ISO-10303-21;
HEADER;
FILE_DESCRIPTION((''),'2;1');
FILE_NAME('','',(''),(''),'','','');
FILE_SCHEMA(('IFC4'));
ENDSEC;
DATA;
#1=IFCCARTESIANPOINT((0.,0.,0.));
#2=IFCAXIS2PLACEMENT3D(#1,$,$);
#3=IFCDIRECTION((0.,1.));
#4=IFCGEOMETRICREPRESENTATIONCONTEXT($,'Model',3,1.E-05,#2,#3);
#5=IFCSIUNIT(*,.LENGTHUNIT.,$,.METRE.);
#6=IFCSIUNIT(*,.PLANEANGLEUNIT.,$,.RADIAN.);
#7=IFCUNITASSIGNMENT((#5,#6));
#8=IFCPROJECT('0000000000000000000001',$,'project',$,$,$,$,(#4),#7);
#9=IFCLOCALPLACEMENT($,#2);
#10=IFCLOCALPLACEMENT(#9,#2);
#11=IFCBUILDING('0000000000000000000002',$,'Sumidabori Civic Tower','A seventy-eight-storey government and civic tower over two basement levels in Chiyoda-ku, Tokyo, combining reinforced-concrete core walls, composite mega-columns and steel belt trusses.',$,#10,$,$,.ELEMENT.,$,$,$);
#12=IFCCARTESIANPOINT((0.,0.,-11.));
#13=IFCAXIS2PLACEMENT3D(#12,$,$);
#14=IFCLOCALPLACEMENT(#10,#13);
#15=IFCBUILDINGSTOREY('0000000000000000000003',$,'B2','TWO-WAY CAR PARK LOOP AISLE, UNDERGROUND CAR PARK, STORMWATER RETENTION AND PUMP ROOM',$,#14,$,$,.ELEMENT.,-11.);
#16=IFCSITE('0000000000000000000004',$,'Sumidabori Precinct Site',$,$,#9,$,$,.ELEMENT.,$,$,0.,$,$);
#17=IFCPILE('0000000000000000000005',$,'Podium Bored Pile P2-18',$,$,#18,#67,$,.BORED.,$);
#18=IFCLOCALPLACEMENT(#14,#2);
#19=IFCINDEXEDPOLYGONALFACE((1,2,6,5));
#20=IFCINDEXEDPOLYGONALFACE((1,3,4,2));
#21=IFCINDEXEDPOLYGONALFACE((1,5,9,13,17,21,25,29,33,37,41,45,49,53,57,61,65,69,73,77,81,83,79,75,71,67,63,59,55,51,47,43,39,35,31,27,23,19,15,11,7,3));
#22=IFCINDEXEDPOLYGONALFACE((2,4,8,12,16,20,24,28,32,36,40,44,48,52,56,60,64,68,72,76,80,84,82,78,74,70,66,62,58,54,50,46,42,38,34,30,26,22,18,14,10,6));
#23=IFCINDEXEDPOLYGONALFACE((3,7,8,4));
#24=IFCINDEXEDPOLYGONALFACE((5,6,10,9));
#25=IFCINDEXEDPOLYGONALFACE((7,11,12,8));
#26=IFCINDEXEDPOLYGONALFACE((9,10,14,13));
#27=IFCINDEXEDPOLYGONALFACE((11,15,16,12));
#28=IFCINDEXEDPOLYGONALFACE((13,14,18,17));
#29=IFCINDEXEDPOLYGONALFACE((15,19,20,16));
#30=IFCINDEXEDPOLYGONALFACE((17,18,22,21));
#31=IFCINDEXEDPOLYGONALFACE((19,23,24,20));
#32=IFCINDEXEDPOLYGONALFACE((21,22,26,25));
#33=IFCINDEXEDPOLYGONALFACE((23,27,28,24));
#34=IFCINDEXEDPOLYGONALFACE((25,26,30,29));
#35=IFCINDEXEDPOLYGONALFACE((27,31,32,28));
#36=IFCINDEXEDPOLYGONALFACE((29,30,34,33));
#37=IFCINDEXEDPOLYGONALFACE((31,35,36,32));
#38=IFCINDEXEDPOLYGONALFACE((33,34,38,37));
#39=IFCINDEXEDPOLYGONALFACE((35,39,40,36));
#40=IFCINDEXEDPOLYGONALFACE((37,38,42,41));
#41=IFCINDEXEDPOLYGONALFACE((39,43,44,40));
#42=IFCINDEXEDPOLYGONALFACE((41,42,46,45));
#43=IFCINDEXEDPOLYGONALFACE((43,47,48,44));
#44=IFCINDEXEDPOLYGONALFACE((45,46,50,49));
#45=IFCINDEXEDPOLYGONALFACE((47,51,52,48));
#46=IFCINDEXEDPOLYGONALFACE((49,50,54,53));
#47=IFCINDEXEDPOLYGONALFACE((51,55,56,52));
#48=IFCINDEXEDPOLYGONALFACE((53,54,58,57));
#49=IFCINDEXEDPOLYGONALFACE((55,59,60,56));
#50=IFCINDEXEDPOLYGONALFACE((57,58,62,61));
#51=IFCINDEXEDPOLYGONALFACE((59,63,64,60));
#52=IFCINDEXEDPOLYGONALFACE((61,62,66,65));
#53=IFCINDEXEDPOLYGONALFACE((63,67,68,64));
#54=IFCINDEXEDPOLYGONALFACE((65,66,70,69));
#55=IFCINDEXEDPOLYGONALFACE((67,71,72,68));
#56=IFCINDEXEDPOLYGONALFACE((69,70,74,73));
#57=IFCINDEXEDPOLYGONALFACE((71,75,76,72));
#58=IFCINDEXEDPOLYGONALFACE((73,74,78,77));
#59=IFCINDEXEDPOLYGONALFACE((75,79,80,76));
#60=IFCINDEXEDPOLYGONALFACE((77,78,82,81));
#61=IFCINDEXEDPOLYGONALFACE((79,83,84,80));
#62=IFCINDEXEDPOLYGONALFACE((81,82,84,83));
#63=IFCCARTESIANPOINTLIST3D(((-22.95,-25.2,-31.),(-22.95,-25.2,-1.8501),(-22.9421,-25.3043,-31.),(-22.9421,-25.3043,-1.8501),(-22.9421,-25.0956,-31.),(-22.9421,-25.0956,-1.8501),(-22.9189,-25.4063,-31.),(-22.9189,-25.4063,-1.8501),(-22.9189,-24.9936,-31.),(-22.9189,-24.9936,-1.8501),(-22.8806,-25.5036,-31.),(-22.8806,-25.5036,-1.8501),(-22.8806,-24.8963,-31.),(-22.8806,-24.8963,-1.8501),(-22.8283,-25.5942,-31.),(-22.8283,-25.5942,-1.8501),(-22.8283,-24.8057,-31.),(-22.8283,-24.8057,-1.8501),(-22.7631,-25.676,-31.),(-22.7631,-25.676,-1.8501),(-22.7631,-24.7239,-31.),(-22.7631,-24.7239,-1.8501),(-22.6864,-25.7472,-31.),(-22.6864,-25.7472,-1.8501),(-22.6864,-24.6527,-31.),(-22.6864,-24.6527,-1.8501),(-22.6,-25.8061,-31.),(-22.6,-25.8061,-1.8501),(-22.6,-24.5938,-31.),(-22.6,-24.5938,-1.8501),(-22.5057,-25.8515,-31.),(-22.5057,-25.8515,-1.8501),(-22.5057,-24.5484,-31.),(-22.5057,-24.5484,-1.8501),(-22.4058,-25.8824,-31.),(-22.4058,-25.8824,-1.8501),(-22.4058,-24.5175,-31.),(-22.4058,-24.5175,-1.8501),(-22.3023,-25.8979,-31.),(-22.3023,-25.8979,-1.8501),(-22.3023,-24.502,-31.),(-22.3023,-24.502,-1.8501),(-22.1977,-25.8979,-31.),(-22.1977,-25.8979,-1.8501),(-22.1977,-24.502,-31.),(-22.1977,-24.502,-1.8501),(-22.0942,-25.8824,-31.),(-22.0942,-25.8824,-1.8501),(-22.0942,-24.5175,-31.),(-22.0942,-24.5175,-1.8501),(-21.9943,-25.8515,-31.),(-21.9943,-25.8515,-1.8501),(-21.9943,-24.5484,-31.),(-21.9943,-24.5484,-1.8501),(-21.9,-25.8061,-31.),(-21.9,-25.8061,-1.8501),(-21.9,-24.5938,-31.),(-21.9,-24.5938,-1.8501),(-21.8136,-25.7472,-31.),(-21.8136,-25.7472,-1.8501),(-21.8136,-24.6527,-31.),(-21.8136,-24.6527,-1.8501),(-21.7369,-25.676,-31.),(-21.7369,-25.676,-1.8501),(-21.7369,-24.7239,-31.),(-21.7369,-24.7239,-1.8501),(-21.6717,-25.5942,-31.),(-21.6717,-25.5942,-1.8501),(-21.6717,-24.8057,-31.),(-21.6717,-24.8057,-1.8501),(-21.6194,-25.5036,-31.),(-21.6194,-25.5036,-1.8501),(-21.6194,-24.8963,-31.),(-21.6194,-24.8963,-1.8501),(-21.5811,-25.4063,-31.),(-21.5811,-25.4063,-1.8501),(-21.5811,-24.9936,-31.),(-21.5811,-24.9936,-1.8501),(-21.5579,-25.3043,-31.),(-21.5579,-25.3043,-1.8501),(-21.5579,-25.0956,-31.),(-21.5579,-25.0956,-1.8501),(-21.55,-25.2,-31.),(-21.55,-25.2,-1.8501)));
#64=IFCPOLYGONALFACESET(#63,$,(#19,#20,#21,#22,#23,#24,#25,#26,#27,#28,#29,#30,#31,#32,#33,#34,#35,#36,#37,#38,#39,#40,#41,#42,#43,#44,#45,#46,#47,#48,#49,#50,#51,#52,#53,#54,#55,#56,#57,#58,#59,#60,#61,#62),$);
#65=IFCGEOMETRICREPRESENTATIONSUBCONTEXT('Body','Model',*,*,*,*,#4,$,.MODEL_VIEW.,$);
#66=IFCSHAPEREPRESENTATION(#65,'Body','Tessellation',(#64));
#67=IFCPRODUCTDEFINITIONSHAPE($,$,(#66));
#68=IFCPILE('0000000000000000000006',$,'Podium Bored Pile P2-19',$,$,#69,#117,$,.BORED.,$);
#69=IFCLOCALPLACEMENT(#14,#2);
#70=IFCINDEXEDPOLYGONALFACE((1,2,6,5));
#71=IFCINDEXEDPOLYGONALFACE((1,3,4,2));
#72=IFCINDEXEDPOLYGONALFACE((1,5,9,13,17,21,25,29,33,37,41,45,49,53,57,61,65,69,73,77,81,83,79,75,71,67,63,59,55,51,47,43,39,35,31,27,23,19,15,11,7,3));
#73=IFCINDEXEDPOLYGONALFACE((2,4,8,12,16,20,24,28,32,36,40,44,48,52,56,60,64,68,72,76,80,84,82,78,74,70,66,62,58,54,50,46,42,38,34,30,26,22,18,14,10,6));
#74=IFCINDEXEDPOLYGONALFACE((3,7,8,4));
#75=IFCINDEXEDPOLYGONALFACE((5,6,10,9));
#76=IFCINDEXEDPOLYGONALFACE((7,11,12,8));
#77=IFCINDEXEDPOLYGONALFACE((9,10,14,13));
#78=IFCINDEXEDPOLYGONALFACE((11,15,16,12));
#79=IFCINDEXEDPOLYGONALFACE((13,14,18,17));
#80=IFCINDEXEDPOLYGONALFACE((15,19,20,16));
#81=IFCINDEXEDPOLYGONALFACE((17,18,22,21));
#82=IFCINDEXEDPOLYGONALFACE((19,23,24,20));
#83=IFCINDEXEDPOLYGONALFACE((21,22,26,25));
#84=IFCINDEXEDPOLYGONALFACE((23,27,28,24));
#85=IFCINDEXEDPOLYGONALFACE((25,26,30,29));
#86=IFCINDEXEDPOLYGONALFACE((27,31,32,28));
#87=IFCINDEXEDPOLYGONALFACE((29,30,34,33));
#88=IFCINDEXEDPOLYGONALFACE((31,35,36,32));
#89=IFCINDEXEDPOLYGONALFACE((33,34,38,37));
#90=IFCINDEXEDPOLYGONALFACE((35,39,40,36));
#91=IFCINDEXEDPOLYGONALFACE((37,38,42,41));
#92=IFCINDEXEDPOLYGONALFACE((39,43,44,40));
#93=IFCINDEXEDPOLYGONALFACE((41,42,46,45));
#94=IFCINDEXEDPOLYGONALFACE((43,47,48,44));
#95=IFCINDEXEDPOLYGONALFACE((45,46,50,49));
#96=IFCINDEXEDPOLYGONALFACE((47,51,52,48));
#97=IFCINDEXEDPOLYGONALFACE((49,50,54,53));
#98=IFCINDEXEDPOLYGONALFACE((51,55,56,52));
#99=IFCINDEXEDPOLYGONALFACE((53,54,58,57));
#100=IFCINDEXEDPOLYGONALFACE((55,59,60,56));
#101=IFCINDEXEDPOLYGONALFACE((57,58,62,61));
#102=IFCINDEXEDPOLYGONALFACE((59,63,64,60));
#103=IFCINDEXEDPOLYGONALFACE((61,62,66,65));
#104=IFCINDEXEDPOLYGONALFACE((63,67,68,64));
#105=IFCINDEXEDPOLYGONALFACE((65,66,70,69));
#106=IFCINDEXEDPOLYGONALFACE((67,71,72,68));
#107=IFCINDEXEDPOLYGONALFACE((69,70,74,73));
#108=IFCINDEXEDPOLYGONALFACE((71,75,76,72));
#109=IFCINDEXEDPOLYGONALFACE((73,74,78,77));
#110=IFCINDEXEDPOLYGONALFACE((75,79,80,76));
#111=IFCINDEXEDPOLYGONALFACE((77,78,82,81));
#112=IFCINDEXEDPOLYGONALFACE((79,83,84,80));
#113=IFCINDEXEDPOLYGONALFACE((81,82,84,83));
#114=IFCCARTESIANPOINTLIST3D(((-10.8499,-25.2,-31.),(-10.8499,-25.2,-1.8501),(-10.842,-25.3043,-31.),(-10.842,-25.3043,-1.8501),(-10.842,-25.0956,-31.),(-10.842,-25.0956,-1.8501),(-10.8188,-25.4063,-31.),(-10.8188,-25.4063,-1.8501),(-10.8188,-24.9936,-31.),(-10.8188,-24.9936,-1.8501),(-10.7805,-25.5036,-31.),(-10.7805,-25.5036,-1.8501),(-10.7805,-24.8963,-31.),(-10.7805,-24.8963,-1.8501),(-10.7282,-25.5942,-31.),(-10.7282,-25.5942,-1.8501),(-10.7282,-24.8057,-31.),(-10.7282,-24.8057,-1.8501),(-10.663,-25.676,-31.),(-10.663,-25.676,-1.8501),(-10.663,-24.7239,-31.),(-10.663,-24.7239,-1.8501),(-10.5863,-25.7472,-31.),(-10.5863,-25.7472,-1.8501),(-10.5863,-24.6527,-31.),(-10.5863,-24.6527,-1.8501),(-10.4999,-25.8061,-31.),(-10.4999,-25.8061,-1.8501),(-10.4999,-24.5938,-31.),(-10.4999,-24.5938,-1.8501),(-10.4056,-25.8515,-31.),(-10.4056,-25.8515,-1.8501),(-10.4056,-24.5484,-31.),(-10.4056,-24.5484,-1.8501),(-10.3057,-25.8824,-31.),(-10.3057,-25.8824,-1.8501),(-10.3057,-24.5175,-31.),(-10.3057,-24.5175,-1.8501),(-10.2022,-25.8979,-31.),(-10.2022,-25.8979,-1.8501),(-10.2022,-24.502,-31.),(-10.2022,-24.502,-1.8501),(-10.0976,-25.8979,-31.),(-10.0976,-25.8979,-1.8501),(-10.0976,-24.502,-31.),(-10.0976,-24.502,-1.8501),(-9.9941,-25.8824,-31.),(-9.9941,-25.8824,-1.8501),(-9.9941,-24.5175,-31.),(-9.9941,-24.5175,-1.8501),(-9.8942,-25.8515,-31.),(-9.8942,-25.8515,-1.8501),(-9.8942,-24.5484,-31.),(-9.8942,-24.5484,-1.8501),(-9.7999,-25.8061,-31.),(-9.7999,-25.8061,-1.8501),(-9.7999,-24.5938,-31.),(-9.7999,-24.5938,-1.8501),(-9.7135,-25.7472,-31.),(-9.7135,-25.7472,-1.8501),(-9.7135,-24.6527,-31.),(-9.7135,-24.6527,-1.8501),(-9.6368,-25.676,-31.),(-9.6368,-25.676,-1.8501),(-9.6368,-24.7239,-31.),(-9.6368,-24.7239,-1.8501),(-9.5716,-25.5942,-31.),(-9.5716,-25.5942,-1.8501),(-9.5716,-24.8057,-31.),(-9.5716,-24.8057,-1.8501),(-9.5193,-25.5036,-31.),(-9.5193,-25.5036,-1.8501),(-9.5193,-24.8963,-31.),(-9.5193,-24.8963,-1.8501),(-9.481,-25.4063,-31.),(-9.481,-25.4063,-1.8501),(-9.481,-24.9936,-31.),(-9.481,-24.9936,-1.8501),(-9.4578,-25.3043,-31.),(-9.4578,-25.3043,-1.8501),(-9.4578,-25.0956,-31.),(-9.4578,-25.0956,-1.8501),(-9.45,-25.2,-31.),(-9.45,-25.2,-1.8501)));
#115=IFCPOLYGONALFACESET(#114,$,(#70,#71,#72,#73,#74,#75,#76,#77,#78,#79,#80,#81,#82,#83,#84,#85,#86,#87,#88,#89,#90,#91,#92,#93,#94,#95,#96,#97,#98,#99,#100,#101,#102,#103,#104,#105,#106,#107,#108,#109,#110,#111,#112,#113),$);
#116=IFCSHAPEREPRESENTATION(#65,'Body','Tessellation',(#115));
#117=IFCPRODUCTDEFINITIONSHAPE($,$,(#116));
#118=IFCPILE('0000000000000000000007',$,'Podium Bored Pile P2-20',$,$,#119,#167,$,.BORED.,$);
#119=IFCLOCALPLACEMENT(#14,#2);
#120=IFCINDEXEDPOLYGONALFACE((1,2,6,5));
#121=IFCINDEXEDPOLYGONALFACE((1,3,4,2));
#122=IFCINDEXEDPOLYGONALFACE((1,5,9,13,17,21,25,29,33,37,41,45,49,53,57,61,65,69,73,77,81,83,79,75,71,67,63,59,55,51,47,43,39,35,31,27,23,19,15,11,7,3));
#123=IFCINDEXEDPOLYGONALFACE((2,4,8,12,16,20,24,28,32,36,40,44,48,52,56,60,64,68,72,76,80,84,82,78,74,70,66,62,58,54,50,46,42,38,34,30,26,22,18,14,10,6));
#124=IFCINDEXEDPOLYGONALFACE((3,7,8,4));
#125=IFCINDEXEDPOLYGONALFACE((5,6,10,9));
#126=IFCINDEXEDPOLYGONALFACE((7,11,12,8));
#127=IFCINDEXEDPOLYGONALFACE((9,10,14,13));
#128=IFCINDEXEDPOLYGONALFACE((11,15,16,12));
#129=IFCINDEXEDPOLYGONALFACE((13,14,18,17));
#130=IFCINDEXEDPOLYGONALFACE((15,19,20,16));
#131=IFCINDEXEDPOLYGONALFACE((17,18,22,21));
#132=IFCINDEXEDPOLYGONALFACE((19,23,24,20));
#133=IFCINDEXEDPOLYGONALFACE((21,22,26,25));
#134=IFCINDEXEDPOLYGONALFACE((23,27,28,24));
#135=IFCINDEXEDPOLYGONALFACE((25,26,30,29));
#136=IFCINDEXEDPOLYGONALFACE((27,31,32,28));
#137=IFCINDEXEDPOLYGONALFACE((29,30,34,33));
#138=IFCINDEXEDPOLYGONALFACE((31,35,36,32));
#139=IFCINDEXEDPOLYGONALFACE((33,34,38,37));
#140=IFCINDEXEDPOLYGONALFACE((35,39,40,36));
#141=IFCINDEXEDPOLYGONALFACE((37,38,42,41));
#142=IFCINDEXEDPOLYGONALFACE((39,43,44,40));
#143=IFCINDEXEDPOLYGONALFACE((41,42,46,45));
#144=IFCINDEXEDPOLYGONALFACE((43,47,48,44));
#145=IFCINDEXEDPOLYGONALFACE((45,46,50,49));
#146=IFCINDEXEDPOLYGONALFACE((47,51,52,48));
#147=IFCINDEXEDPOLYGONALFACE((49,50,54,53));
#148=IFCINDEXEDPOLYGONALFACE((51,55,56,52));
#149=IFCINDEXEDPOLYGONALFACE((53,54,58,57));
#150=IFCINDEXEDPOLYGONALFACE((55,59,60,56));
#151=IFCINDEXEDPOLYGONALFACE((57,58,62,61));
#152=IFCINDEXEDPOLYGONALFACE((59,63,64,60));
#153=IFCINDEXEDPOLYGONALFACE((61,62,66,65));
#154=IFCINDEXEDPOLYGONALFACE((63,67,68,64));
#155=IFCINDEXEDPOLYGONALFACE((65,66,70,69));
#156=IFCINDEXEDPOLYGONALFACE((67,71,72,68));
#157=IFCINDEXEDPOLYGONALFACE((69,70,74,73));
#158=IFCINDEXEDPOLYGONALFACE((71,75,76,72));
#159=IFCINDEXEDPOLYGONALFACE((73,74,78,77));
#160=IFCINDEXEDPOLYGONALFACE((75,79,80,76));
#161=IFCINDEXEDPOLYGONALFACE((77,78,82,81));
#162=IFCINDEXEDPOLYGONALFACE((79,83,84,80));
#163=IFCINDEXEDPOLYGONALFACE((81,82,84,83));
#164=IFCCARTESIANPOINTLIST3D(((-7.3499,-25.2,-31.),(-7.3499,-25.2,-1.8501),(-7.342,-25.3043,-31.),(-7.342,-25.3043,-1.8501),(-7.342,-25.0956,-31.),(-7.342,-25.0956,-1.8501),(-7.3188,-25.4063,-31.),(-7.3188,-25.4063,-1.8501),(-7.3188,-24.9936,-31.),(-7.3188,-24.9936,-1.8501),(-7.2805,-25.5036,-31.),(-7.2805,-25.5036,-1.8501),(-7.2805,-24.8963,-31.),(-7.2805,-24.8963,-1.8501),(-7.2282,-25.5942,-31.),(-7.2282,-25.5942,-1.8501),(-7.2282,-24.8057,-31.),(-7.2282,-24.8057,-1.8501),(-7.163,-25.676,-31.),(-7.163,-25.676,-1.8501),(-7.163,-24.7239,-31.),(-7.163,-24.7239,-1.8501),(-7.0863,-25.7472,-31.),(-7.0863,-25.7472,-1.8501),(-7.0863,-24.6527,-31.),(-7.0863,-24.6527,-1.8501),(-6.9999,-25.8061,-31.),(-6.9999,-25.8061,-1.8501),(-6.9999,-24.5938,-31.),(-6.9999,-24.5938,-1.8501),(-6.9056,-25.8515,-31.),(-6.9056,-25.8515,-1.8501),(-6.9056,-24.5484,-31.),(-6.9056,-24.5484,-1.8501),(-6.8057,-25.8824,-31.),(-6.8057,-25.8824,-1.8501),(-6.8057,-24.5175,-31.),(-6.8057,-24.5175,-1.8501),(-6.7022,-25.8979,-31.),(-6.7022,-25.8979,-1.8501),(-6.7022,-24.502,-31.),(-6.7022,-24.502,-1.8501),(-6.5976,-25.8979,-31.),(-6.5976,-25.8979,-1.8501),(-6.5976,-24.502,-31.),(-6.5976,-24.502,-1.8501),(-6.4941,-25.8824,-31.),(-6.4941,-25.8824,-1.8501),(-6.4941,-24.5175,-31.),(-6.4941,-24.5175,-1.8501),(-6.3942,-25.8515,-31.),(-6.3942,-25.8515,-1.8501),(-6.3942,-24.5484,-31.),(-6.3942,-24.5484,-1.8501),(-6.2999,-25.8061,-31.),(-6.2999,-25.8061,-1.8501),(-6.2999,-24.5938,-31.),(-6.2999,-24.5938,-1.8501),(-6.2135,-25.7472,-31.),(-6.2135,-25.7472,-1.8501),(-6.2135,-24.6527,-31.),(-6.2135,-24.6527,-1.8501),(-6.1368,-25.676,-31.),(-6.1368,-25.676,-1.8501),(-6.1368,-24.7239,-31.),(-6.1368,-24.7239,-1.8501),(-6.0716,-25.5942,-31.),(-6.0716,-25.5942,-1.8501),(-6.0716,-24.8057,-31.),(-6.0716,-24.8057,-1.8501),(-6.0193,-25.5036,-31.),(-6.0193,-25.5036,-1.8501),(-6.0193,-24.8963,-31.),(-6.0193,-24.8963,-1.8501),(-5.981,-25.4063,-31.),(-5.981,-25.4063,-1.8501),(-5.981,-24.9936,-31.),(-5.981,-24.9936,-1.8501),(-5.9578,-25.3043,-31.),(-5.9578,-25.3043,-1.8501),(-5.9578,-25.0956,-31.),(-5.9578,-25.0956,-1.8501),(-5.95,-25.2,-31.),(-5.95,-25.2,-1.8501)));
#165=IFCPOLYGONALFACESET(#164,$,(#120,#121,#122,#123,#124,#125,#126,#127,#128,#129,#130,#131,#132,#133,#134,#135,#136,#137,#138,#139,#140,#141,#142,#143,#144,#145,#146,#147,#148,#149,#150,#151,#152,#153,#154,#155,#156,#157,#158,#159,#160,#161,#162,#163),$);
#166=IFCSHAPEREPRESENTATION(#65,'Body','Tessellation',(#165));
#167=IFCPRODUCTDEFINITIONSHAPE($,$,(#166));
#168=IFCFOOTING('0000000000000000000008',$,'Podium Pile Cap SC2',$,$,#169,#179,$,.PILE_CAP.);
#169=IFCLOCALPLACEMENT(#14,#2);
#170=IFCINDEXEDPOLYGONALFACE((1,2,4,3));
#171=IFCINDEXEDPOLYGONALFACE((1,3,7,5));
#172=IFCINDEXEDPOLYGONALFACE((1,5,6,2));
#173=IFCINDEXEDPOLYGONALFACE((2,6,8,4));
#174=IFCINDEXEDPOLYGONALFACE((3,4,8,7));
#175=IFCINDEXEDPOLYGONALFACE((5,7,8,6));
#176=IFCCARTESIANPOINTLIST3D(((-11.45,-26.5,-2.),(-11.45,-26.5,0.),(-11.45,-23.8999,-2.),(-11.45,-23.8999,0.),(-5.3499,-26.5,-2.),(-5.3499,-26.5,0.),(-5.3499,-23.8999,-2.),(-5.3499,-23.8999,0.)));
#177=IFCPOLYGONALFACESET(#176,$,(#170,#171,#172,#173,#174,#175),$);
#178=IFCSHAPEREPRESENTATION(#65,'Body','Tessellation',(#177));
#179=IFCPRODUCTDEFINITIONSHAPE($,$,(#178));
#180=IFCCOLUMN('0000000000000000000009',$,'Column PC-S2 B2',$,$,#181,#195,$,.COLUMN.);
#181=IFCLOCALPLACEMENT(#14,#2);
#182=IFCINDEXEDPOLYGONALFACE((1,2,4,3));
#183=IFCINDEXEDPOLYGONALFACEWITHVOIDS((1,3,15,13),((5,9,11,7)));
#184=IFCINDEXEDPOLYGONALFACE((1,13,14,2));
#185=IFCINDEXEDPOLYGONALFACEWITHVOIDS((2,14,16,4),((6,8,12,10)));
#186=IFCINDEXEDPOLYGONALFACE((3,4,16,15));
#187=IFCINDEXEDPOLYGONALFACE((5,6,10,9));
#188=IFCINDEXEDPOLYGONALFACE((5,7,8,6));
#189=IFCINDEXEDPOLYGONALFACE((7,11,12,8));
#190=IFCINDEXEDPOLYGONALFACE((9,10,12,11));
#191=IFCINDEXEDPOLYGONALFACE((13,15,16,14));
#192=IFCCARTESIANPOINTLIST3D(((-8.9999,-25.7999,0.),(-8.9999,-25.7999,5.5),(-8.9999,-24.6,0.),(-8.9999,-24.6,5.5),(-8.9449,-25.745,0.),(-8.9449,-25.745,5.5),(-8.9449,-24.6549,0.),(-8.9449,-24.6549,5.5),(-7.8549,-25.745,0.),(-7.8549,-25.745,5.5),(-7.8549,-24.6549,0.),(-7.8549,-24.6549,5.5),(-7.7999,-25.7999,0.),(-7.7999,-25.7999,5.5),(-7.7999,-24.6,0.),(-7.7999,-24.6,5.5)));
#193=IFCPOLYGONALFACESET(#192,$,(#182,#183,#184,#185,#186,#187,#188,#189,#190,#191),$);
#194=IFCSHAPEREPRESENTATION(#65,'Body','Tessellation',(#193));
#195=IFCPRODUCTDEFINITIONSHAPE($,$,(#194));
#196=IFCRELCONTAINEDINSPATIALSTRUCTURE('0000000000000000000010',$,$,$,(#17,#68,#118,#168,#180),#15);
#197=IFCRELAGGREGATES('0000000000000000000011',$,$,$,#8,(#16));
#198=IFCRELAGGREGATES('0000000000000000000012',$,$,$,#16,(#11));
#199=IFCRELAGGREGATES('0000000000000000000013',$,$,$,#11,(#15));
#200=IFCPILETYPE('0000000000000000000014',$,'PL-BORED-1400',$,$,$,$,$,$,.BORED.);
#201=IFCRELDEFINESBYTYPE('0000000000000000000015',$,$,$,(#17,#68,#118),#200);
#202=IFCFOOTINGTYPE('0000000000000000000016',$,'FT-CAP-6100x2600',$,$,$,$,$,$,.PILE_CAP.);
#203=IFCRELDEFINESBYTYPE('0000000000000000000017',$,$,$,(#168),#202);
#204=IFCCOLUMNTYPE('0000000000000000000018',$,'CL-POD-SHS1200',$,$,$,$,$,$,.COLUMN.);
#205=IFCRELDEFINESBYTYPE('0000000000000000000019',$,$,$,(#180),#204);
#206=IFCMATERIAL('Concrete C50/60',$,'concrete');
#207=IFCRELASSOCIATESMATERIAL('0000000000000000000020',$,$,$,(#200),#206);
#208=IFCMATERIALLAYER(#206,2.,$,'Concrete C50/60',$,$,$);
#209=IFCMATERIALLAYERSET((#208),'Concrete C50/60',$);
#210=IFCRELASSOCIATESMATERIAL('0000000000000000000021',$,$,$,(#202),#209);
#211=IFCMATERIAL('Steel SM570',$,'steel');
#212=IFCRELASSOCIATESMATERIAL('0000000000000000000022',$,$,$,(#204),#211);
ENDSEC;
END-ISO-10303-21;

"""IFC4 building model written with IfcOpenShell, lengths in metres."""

from ifc_helpers import new_model, si_unit, direction, frame, origin, origin_2d, place, context, subcontext, project, spatial, rectangle, hollow_rectangle, circle, extrude, source, transform, mapped, material, layer, layer_set, material_profile, profile_set, type_object, element, save


model = new_model("IFC4")

# Units and contexts
model_context = context("Model", 3, precision=1e-05, world=origin(), true_north=direction((0.0, 1.0)))
body_context = subcontext(model_context, "Body", "Model", "MODEL_VIEW")
ifc_project = project(units=[si_unit("LENGTHUNIT", "METRE"), si_unit("PLANEANGLEUNIT", "RADIAN")], contexts=[model_context])

# Site, building, storey
site_placement = place(None, origin())
site = spatial("IfcSite", under=ifc_project, at=site_placement, Name="Sumidabori Precinct Site", CompositionType="ELEMENT", RefElevation=0.0)
building_placement = place(site_placement, origin())
building = spatial("IfcBuilding", under=site, at=building_placement, Name="Sumidabori Civic Tower", Description="A seventy-eight-storey government and civic tower over two basement levels in Chiyoda-ku, Tokyo, combining reinforced-concrete core walls, composite mega-columns and steel belt trusses.", CompositionType="ELEMENT")
storey_placement = place(building_placement, frame((0.0, 0.0, -11.0)))
storey = spatial("IfcBuildingStorey", under=building, at=storey_placement, Name="B2", Description="TWO-WAY CAR PARK LOOP AISLE, UNDERGROUND CAR PARK, STORMWATER RETENTION AND PUMP ROOM", CompositionType="ELEMENT", Elevation=-11.0)

# Piles
ifc_material_1 = material(Name="Concrete C50/60", Category="concrete")
ifc_material_profile_1 = material_profile(ifc_material_1, circle(Radius=0.7, at=origin_2d()), Name="BORED PILE 1400")
ifc_profile_set_1 = profile_set([ifc_material_profile_1], Name="Concrete C50/60")
pile_type = type_object("IfcPileType", Name="PL-BORED-1400", PredefinedType="BORED", material=ifc_profile_set_1)
shared_shape_1 = source(origin(), body_context, "Body", "SweptSolid", [
    extrude(circle(Radius=0.7, at=origin_2d()), origin(), (0.0, 0.0, 1.0), 29.1499),
])
for number, where, z_axis, x_axis, name in (
    (1, (-22.25, -25.2, -1.8501), (0.0, 0.0, -1.0), (1.0, 0.0, 0.0), "Podium Bored Pile P2-18"),
    (2, (-10.1499, -25.2, -1.8501), (0.0, 0.0, -1.0), (1.0, 0.0, 0.0), "Podium Bored Pile P2-19"),
    (3, (-6.6499, -25.2, -1.8501), (0.0, 0.0, -1.0), (1.0, 0.0, 0.0), "Podium Bored Pile P2-20"),
):
    element("IfcPile", number, at=place(storey_placement, frame(where, z_axis=z_axis, x_axis=x_axis)), inside=storey, type_object=pile_type, Name=name, PredefinedType="BORED", context=body_context, shape_type="MappedRepresentation", body=[
        mapped(shared_shape_1, transform((0.0, 0.0, 0.0), x_axis=(1.0, 0.0, 0.0), y_axis=(0.0, 1.0, 0.0), z_axis=(0.0, 0.0, 1.0), scale=1.0)),
    ])

# Footing
ifc_layer = layer(ifc_material_1, 2.0, Name="Concrete C50/60")
ifc_layer_set = layer_set([ifc_layer], Name="Concrete C50/60")
footing_type = type_object("IfcFootingType", Name="FT-CAP-6100x2600", PredefinedType="PILE_CAP", material=ifc_layer_set)
shared_shape_2 = source(origin(), body_context, "Body", "SweptSolid", [
    extrude(rectangle(XDim=6.1001, YDim=2.6001, at=origin_2d()), origin(), (0.0, 0.0, 1.0), 2.0),
])
footing_placement = place(storey_placement, frame((-8.3999, -25.2, -2.0), z_axis=(0.0, 0.0, 1.0), x_axis=(1.0, 0.0, 0.0)))
element("IfcFooting", 4, at=footing_placement, inside=storey, type_object=footing_type, Name="Podium Pile Cap SC2", PredefinedType="PILE_CAP", context=body_context, shape_type="MappedRepresentation", body=[
    mapped(shared_shape_2, transform((0.0, 0.0, 0.0), x_axis=(1.0, 0.0, 0.0), y_axis=(0.0, 1.0, 0.0), z_axis=(0.0, 0.0, 1.0), scale=1.0)),
])

# Column
ifc_material_2 = material(Name="Steel SM570", Category="steel")
ifc_material_profile_2 = material_profile(ifc_material_2, hollow_rectangle(XDim=1.2, YDim=1.2, WallThickness=0.0549, at=origin_2d()), Name="SHS 1200x1200x55")
ifc_profile_set_2 = profile_set([ifc_material_profile_2], Name="Steel SM570")
column_type_1 = type_object("IfcColumnType", Name="CL-POD-SHS1200", PredefinedType="COLUMN", material=ifc_profile_set_2)
shared_shape_3 = source(origin(), body_context, "Body", "SweptSolid", [
    extrude(hollow_rectangle(XDim=1.2, YDim=1.2, WallThickness=0.0549, at=origin_2d()), origin(), (0.0, 0.0, 1.0), 5.5),
])
column_1_placement = place(storey_placement, frame((-8.3999, -25.2, 0.0), z_axis=(0.0, 0.0, 1.0), x_axis=(1.0, 0.0, 0.0)))
element("IfcColumn", 5, at=column_1_placement, inside=storey, type_object=column_type_1, Name="Column PC-S2 B2", PredefinedType="COLUMN", context=body_context, shape_type="MappedRepresentation", body=[
    mapped(shared_shape_3, transform((0.0, 0.0, 0.0), x_axis=(1.0, 0.0, 0.0), y_axis=(0.0, 1.0, 0.0), z_axis=(0.0, 0.0, 1.0), scale=1.0)),
])

save(model, "model.ifc")
